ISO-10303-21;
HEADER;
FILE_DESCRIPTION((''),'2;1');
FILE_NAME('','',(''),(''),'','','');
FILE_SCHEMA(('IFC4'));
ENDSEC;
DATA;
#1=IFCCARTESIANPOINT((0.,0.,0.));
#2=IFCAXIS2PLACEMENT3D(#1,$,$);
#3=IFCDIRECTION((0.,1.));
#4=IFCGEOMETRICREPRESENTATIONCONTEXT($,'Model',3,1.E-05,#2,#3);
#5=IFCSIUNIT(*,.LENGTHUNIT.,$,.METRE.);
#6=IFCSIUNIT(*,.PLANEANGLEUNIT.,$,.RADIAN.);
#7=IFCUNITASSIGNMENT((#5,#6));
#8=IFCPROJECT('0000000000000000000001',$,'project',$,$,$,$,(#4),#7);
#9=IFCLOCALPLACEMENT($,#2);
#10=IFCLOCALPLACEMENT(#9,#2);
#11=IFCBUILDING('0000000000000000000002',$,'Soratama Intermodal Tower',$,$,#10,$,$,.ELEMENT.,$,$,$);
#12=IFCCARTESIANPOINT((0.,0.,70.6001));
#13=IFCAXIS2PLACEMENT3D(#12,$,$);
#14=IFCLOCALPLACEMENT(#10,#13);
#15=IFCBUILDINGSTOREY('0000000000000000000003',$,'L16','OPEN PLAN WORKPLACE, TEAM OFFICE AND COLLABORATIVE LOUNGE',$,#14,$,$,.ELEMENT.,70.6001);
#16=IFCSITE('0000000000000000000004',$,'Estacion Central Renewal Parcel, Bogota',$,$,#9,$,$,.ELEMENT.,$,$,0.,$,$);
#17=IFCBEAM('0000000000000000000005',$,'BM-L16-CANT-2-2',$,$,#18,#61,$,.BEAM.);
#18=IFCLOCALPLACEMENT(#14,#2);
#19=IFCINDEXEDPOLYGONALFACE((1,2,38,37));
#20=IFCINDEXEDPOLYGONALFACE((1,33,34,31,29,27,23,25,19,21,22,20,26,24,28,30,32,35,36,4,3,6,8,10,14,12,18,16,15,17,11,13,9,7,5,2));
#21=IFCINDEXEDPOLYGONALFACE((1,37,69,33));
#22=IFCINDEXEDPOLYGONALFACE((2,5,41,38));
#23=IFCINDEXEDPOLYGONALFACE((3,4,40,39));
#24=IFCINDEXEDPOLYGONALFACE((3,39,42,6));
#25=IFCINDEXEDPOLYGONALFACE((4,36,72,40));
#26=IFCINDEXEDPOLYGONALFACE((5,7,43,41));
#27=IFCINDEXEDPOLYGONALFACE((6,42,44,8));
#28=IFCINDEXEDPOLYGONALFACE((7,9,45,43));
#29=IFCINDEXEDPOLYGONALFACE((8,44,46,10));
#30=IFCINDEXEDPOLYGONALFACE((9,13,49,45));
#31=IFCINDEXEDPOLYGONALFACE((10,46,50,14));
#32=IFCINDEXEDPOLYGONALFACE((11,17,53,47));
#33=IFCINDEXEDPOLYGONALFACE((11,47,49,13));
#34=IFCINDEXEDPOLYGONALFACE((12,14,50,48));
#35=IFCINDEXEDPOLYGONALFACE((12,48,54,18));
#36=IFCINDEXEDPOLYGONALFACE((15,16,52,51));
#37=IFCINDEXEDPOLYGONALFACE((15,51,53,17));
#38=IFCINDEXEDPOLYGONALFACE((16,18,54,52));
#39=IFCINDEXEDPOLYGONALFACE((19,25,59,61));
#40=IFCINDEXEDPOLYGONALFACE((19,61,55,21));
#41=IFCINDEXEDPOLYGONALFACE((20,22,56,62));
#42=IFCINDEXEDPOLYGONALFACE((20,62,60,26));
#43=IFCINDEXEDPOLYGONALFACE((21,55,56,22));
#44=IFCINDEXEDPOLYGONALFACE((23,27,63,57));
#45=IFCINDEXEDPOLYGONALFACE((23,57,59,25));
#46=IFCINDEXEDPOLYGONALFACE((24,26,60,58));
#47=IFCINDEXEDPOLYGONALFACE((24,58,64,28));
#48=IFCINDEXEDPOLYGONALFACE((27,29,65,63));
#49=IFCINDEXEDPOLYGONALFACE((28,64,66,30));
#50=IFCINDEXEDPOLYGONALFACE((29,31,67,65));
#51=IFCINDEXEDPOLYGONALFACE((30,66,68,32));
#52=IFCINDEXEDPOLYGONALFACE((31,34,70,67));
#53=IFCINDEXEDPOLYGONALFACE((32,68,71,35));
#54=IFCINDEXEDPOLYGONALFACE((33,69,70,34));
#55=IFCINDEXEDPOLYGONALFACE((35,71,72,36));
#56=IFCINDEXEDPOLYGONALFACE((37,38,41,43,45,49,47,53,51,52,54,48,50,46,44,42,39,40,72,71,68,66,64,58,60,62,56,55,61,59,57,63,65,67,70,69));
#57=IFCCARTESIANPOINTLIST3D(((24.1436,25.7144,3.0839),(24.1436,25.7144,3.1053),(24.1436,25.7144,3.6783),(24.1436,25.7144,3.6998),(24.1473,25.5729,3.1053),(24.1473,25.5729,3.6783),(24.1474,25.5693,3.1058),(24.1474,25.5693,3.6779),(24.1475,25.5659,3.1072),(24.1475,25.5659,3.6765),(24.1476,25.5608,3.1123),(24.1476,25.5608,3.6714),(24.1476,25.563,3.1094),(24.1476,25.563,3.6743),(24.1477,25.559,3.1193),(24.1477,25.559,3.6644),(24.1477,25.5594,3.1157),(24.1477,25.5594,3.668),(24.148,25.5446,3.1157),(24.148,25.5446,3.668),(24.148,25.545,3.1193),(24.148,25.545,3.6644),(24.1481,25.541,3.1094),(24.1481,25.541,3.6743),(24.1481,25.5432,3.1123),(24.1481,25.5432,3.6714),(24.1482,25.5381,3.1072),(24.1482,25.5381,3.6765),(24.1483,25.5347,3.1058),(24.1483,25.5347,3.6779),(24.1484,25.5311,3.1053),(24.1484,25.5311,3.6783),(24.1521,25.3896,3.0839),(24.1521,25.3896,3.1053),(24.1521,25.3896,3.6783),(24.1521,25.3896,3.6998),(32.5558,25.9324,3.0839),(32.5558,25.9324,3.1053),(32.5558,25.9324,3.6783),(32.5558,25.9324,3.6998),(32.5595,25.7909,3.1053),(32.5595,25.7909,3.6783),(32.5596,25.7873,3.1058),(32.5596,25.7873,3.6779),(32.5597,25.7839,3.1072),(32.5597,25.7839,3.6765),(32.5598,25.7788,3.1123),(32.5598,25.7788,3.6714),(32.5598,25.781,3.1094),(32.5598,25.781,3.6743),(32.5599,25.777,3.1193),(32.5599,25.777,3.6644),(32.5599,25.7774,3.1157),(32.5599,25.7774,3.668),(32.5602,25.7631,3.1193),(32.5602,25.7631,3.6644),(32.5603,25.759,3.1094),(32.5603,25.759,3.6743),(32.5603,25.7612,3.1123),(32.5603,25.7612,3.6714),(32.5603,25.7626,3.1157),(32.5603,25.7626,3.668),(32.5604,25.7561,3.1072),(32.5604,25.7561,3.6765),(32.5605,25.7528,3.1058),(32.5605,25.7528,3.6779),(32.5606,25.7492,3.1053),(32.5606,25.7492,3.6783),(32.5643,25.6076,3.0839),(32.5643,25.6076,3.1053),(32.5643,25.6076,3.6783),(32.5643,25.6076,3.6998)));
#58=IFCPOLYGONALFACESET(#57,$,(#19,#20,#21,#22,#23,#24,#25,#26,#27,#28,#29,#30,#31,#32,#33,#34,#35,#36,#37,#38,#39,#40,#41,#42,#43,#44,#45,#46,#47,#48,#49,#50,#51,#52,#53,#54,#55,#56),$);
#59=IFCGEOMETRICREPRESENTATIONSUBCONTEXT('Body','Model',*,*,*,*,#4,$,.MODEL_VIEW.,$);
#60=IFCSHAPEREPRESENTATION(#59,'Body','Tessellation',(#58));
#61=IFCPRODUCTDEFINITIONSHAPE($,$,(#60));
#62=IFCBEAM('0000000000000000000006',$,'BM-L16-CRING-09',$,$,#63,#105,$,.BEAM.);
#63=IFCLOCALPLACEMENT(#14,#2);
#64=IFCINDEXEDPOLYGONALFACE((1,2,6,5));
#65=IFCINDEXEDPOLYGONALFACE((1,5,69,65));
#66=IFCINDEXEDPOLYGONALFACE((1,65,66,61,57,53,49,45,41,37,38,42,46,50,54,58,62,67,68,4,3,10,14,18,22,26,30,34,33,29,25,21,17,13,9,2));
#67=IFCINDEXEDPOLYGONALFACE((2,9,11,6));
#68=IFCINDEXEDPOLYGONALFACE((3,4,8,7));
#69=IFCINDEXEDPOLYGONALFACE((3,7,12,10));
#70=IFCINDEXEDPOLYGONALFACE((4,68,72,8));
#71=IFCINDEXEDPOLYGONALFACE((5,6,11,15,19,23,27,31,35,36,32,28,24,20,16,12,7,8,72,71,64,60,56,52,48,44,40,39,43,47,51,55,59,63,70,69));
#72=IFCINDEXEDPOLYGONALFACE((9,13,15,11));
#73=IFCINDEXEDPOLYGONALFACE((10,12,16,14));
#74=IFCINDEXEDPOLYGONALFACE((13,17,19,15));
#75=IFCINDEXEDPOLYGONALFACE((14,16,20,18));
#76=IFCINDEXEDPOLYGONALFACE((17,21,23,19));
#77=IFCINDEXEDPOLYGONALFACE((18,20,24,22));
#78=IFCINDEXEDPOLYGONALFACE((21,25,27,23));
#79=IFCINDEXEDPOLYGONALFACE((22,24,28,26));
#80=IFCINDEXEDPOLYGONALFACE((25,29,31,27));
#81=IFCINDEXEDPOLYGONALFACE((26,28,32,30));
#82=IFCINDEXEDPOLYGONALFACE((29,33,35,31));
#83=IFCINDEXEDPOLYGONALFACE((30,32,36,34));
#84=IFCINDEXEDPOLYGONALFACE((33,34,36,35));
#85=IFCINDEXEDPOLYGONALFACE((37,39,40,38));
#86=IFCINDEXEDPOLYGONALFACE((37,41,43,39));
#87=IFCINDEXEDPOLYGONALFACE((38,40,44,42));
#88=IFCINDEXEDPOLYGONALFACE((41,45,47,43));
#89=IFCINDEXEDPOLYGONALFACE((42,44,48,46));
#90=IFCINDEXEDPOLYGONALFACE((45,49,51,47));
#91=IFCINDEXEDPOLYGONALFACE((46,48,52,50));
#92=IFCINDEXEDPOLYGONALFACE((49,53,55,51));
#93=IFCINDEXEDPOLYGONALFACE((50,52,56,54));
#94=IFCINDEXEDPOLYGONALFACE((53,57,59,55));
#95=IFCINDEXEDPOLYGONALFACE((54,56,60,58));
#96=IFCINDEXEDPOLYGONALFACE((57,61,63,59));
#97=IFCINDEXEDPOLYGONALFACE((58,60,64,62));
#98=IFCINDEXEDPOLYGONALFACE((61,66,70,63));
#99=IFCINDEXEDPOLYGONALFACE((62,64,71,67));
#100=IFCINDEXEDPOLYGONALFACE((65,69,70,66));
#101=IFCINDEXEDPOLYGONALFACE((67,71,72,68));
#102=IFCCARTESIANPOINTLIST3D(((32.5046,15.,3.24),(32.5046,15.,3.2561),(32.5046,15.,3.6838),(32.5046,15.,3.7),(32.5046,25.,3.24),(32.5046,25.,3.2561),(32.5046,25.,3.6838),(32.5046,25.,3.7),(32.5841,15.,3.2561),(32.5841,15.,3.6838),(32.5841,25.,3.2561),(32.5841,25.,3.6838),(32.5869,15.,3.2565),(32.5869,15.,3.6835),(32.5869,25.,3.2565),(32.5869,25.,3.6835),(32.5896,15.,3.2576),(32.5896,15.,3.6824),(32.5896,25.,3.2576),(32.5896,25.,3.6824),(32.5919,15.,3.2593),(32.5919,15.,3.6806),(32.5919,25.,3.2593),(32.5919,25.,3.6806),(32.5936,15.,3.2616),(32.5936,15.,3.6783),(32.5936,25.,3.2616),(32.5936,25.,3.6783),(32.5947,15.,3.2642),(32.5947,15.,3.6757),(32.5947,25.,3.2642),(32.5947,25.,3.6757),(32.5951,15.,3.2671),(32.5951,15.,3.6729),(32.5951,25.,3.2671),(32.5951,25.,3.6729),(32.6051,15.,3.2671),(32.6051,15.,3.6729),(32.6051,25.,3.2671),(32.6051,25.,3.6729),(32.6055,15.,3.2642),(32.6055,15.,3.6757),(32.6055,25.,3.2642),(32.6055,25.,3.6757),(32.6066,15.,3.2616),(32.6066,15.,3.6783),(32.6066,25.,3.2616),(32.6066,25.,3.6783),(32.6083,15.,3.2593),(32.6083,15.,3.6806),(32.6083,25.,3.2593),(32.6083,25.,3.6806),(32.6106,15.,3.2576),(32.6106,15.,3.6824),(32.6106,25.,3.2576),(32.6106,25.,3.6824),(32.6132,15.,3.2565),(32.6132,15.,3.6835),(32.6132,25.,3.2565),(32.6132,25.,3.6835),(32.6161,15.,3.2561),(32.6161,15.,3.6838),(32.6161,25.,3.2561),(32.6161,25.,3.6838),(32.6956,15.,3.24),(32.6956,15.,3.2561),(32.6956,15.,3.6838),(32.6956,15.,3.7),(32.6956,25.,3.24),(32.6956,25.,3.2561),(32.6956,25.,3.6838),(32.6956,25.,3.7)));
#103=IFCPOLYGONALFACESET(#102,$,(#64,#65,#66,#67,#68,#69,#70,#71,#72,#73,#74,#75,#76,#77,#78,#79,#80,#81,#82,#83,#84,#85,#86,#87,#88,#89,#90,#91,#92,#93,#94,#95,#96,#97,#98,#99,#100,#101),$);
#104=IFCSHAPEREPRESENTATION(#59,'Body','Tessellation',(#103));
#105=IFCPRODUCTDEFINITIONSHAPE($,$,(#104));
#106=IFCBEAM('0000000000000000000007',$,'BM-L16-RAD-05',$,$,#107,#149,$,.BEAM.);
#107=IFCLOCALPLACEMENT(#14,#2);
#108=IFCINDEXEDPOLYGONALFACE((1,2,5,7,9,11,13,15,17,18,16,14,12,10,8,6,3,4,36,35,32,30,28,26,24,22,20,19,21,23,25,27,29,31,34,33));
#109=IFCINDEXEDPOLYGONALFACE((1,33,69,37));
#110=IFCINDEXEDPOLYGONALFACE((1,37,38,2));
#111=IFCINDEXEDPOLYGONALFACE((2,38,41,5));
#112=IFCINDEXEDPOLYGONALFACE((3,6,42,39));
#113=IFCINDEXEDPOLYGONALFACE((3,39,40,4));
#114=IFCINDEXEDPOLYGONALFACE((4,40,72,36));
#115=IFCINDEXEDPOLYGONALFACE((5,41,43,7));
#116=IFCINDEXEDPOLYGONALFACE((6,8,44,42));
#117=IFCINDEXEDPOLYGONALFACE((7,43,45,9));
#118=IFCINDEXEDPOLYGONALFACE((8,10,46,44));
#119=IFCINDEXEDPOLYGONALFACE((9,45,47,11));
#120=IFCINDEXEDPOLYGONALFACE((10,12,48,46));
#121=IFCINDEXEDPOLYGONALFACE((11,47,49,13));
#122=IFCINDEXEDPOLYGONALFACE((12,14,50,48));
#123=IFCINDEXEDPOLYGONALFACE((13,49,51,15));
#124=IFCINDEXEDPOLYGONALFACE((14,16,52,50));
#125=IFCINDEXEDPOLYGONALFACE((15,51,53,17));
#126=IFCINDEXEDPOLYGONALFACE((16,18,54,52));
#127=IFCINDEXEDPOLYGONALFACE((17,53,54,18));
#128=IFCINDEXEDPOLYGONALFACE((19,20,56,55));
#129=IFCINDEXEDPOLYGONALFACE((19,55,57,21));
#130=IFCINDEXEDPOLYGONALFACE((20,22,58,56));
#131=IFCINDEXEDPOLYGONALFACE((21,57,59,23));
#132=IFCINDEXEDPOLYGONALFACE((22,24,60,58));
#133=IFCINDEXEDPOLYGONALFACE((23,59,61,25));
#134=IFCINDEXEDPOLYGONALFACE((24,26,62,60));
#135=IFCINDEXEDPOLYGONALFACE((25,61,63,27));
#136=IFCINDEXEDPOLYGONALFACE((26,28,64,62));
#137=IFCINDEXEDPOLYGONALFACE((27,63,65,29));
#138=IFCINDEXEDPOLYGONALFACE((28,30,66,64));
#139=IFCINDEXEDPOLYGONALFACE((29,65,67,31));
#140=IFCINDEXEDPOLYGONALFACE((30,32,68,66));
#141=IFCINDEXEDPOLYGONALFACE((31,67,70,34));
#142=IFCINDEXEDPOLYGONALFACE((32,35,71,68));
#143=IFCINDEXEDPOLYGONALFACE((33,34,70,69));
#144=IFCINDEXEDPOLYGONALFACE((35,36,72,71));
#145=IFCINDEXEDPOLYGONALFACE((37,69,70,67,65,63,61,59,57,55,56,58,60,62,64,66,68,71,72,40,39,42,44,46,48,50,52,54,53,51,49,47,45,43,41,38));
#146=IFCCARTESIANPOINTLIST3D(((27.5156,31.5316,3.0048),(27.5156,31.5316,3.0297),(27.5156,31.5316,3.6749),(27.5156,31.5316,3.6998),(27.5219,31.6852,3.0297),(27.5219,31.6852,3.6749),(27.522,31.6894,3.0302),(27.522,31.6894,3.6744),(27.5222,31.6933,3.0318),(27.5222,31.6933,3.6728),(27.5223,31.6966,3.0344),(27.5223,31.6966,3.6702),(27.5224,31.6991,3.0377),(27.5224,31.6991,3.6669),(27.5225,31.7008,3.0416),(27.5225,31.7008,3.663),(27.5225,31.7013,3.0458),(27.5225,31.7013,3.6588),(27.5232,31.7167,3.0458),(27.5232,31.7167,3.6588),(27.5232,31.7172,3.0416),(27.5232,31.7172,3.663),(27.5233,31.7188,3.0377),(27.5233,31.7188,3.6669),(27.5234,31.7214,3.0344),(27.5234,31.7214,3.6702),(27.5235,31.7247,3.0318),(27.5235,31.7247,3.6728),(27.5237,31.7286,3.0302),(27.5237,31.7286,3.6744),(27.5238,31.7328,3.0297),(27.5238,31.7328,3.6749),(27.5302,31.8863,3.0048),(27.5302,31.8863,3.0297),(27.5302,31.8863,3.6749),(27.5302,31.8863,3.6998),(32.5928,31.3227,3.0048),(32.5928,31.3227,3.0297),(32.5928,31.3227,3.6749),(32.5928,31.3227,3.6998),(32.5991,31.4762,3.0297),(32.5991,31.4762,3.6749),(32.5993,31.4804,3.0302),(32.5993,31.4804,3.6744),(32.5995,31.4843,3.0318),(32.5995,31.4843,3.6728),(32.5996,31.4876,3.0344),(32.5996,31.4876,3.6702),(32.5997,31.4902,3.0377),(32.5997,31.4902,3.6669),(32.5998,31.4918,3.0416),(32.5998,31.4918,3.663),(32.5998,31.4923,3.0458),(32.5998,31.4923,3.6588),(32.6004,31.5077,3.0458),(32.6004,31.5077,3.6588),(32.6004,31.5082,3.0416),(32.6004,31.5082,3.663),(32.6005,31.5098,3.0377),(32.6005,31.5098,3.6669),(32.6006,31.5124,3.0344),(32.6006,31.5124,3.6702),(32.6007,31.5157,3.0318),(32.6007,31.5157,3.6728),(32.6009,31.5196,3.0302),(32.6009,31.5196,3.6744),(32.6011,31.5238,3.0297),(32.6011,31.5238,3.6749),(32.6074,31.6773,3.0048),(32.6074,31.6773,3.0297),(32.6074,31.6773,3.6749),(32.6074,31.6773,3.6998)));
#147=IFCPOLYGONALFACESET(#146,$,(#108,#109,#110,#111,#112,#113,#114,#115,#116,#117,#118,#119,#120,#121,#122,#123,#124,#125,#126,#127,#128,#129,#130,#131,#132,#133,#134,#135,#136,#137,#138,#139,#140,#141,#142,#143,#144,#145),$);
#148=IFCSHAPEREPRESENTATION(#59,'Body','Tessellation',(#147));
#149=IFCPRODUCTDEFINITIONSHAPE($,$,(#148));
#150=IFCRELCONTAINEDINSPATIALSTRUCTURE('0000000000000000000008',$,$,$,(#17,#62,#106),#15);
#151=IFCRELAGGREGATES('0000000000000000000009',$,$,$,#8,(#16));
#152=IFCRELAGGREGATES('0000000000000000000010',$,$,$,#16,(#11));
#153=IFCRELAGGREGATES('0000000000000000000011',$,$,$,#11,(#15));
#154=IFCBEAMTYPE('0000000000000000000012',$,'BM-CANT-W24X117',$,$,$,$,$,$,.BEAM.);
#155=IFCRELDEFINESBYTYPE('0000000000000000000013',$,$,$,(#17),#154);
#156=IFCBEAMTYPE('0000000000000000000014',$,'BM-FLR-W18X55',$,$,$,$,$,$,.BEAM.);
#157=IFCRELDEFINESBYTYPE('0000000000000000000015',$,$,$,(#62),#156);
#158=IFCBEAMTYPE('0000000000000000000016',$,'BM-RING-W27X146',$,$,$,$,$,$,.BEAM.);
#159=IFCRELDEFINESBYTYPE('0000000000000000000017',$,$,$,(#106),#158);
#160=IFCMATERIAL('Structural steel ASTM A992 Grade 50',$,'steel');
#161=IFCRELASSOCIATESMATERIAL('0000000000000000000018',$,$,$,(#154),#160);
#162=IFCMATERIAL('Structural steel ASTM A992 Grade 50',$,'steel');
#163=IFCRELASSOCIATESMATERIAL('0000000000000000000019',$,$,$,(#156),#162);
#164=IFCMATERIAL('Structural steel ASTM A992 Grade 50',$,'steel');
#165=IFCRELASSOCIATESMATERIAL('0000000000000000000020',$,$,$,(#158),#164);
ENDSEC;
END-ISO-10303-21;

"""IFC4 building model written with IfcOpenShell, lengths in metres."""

from ifc_helpers import new_model, si_unit, direction, frame, origin, origin_2d, place, context, subcontext, project, spatial, i_section, extrude, material, material_profile, profile_set, type_object, element, save


model = new_model("IFC4")

# Units and contexts
model_context = context("Model", 3, precision=1e-05, world=origin(), true_north=direction((0.0, 1.0)))
body_context = subcontext(model_context, "Body", "Model", "MODEL_VIEW")
ifc_project = project(units=[si_unit("LENGTHUNIT", "METRE"), si_unit("PLANEANGLEUNIT", "RADIAN")], contexts=[model_context])

# Site, building, storey
site_placement = place(None, origin())
site = spatial("IfcSite", under=ifc_project, at=site_placement, Name="Estacion Central Renewal Parcel, Bogota", CompositionType="ELEMENT", RefElevation=0.0)
building_placement = place(site_placement, origin())
building = spatial("IfcBuilding", under=site, at=building_placement, Name="Soratama Intermodal Tower", CompositionType="ELEMENT")
storey_placement = place(building_placement, frame((0.0, 0.0, 70.6001)))
storey = spatial("IfcBuildingStorey", under=building, at=storey_placement, Name="L16", Description="OPEN PLAN WORKPLACE, TEAM OFFICE AND COLLABORATIVE LOUNGE", CompositionType="ELEMENT", Elevation=70.6001)

# Beams
ifc_material_1 = material(Name="Structural steel ASTM A992 Grade 50", Category="steel")
ifc_material_profile_1 = material_profile(ifc_material_1, i_section(OverallWidth=0.325, OverallDepth=0.616, WebThickness=0.0139, FlangeThickness=0.0215, FilletRadius=0.0139, at=origin_2d()), Name="W24X117")
ifc_profile_set_1 = profile_set([ifc_material_profile_1], Name="Structural steel ASTM A992 Grade 50")
beam_type_1 = type_object("IfcBeamType", Name="BM-CANT-W24X117", PredefinedType="BEAM", material=ifc_profile_set_1)
beam_1_placement = place(storey_placement, frame((32.5601, 25.77, 3.3918), z_axis=(-0.999664, -0.025908, 0.0), x_axis=(0.025908, -0.999664, 0.0)))
element("IfcBeam", 1, at=beam_1_placement, inside=storey, type_object=beam_type_1, Name="BM-L16-CANT-2-2", PredefinedType="BEAM", context=body_context, shape_type="SweptSolid", body=[
    extrude(i_section(OverallWidth=0.325, OverallDepth=0.616, WebThickness=0.0139, FlangeThickness=0.0215, FilletRadius=0.0139, at=origin_2d()), origin(), (0.0, 0.0, 1.0), 8.415),
])
ifc_material_2 = material(Name="Structural steel ASTM A992 Grade 50", Category="steel")
ifc_material_profile_2 = material_profile(ifc_material_2, i_section(OverallWidth=0.1909, OverallDepth=0.46, WebThickness=0.01, FlangeThickness=0.0161, FilletRadius=0.011, at=origin_2d()), Name="W18X55")
ifc_profile_set_2 = profile_set([ifc_material_profile_2], Name="Structural steel ASTM A992 Grade 50")
beam_type_2 = type_object("IfcBeamType", Name="BM-FLR-W18X55", PredefinedType="BEAM", material=ifc_profile_set_2)
beam_2_placement = place(storey_placement, frame((32.6001, 25.0, 3.47), z_axis=(0.0, -1.0, 0.0), x_axis=(1.0, 0.0, 0.0)))
element("IfcBeam", 2, at=beam_2_placement, inside=storey, type_object=beam_type_2, Name="BM-L16-CRING-09", PredefinedType="BEAM", context=body_context, shape_type="SweptSolid", body=[
    extrude(i_section(OverallWidth=0.1909, OverallDepth=0.46, WebThickness=0.01, FlangeThickness=0.0161, FilletRadius=0.011, at=origin_2d()), origin(), (0.0, 0.0, 1.0), 10.0),
])
ifc_material_3 = material(Name="Structural steel ASTM A992 Grade 50", Category="steel")
ifc_material_profile_3 = material_profile(ifc_material_3, i_section(OverallWidth=0.355, OverallDepth=0.6951, WebThickness=0.0154, FlangeThickness=0.0249, FilletRadius=0.0161, at=origin_2d()), Name="W27X146")
ifc_profile_set_3 = profile_set([ifc_material_profile_3], Name="Structural steel ASTM A992 Grade 50")
beam_type_3 = type_object("IfcBeamType", Name="BM-RING-W27X146", PredefinedType="BEAM", material=ifc_profile_set_3)
beam_3_placement = place(storey_placement, frame((32.6001, 31.5, 3.3523), z_axis=(-0.999154, 0.041127, 0.0), x_axis=(-0.041127, -0.999154, 0.0)))
element("IfcBeam", 3, at=beam_3_placement, inside=storey, type_object=beam_type_3, Name="BM-L16-RAD-05", PredefinedType="BEAM", context=body_context, shape_type="SweptSolid", body=[
    extrude(i_section(OverallWidth=0.355, OverallDepth=0.6951, WebThickness=0.0154, FlangeThickness=0.0249, FilletRadius=0.0161, at=origin_2d()), origin(), (0.0, 0.0, 1.0), 5.0815),
])

save(model, "model.ifc")
